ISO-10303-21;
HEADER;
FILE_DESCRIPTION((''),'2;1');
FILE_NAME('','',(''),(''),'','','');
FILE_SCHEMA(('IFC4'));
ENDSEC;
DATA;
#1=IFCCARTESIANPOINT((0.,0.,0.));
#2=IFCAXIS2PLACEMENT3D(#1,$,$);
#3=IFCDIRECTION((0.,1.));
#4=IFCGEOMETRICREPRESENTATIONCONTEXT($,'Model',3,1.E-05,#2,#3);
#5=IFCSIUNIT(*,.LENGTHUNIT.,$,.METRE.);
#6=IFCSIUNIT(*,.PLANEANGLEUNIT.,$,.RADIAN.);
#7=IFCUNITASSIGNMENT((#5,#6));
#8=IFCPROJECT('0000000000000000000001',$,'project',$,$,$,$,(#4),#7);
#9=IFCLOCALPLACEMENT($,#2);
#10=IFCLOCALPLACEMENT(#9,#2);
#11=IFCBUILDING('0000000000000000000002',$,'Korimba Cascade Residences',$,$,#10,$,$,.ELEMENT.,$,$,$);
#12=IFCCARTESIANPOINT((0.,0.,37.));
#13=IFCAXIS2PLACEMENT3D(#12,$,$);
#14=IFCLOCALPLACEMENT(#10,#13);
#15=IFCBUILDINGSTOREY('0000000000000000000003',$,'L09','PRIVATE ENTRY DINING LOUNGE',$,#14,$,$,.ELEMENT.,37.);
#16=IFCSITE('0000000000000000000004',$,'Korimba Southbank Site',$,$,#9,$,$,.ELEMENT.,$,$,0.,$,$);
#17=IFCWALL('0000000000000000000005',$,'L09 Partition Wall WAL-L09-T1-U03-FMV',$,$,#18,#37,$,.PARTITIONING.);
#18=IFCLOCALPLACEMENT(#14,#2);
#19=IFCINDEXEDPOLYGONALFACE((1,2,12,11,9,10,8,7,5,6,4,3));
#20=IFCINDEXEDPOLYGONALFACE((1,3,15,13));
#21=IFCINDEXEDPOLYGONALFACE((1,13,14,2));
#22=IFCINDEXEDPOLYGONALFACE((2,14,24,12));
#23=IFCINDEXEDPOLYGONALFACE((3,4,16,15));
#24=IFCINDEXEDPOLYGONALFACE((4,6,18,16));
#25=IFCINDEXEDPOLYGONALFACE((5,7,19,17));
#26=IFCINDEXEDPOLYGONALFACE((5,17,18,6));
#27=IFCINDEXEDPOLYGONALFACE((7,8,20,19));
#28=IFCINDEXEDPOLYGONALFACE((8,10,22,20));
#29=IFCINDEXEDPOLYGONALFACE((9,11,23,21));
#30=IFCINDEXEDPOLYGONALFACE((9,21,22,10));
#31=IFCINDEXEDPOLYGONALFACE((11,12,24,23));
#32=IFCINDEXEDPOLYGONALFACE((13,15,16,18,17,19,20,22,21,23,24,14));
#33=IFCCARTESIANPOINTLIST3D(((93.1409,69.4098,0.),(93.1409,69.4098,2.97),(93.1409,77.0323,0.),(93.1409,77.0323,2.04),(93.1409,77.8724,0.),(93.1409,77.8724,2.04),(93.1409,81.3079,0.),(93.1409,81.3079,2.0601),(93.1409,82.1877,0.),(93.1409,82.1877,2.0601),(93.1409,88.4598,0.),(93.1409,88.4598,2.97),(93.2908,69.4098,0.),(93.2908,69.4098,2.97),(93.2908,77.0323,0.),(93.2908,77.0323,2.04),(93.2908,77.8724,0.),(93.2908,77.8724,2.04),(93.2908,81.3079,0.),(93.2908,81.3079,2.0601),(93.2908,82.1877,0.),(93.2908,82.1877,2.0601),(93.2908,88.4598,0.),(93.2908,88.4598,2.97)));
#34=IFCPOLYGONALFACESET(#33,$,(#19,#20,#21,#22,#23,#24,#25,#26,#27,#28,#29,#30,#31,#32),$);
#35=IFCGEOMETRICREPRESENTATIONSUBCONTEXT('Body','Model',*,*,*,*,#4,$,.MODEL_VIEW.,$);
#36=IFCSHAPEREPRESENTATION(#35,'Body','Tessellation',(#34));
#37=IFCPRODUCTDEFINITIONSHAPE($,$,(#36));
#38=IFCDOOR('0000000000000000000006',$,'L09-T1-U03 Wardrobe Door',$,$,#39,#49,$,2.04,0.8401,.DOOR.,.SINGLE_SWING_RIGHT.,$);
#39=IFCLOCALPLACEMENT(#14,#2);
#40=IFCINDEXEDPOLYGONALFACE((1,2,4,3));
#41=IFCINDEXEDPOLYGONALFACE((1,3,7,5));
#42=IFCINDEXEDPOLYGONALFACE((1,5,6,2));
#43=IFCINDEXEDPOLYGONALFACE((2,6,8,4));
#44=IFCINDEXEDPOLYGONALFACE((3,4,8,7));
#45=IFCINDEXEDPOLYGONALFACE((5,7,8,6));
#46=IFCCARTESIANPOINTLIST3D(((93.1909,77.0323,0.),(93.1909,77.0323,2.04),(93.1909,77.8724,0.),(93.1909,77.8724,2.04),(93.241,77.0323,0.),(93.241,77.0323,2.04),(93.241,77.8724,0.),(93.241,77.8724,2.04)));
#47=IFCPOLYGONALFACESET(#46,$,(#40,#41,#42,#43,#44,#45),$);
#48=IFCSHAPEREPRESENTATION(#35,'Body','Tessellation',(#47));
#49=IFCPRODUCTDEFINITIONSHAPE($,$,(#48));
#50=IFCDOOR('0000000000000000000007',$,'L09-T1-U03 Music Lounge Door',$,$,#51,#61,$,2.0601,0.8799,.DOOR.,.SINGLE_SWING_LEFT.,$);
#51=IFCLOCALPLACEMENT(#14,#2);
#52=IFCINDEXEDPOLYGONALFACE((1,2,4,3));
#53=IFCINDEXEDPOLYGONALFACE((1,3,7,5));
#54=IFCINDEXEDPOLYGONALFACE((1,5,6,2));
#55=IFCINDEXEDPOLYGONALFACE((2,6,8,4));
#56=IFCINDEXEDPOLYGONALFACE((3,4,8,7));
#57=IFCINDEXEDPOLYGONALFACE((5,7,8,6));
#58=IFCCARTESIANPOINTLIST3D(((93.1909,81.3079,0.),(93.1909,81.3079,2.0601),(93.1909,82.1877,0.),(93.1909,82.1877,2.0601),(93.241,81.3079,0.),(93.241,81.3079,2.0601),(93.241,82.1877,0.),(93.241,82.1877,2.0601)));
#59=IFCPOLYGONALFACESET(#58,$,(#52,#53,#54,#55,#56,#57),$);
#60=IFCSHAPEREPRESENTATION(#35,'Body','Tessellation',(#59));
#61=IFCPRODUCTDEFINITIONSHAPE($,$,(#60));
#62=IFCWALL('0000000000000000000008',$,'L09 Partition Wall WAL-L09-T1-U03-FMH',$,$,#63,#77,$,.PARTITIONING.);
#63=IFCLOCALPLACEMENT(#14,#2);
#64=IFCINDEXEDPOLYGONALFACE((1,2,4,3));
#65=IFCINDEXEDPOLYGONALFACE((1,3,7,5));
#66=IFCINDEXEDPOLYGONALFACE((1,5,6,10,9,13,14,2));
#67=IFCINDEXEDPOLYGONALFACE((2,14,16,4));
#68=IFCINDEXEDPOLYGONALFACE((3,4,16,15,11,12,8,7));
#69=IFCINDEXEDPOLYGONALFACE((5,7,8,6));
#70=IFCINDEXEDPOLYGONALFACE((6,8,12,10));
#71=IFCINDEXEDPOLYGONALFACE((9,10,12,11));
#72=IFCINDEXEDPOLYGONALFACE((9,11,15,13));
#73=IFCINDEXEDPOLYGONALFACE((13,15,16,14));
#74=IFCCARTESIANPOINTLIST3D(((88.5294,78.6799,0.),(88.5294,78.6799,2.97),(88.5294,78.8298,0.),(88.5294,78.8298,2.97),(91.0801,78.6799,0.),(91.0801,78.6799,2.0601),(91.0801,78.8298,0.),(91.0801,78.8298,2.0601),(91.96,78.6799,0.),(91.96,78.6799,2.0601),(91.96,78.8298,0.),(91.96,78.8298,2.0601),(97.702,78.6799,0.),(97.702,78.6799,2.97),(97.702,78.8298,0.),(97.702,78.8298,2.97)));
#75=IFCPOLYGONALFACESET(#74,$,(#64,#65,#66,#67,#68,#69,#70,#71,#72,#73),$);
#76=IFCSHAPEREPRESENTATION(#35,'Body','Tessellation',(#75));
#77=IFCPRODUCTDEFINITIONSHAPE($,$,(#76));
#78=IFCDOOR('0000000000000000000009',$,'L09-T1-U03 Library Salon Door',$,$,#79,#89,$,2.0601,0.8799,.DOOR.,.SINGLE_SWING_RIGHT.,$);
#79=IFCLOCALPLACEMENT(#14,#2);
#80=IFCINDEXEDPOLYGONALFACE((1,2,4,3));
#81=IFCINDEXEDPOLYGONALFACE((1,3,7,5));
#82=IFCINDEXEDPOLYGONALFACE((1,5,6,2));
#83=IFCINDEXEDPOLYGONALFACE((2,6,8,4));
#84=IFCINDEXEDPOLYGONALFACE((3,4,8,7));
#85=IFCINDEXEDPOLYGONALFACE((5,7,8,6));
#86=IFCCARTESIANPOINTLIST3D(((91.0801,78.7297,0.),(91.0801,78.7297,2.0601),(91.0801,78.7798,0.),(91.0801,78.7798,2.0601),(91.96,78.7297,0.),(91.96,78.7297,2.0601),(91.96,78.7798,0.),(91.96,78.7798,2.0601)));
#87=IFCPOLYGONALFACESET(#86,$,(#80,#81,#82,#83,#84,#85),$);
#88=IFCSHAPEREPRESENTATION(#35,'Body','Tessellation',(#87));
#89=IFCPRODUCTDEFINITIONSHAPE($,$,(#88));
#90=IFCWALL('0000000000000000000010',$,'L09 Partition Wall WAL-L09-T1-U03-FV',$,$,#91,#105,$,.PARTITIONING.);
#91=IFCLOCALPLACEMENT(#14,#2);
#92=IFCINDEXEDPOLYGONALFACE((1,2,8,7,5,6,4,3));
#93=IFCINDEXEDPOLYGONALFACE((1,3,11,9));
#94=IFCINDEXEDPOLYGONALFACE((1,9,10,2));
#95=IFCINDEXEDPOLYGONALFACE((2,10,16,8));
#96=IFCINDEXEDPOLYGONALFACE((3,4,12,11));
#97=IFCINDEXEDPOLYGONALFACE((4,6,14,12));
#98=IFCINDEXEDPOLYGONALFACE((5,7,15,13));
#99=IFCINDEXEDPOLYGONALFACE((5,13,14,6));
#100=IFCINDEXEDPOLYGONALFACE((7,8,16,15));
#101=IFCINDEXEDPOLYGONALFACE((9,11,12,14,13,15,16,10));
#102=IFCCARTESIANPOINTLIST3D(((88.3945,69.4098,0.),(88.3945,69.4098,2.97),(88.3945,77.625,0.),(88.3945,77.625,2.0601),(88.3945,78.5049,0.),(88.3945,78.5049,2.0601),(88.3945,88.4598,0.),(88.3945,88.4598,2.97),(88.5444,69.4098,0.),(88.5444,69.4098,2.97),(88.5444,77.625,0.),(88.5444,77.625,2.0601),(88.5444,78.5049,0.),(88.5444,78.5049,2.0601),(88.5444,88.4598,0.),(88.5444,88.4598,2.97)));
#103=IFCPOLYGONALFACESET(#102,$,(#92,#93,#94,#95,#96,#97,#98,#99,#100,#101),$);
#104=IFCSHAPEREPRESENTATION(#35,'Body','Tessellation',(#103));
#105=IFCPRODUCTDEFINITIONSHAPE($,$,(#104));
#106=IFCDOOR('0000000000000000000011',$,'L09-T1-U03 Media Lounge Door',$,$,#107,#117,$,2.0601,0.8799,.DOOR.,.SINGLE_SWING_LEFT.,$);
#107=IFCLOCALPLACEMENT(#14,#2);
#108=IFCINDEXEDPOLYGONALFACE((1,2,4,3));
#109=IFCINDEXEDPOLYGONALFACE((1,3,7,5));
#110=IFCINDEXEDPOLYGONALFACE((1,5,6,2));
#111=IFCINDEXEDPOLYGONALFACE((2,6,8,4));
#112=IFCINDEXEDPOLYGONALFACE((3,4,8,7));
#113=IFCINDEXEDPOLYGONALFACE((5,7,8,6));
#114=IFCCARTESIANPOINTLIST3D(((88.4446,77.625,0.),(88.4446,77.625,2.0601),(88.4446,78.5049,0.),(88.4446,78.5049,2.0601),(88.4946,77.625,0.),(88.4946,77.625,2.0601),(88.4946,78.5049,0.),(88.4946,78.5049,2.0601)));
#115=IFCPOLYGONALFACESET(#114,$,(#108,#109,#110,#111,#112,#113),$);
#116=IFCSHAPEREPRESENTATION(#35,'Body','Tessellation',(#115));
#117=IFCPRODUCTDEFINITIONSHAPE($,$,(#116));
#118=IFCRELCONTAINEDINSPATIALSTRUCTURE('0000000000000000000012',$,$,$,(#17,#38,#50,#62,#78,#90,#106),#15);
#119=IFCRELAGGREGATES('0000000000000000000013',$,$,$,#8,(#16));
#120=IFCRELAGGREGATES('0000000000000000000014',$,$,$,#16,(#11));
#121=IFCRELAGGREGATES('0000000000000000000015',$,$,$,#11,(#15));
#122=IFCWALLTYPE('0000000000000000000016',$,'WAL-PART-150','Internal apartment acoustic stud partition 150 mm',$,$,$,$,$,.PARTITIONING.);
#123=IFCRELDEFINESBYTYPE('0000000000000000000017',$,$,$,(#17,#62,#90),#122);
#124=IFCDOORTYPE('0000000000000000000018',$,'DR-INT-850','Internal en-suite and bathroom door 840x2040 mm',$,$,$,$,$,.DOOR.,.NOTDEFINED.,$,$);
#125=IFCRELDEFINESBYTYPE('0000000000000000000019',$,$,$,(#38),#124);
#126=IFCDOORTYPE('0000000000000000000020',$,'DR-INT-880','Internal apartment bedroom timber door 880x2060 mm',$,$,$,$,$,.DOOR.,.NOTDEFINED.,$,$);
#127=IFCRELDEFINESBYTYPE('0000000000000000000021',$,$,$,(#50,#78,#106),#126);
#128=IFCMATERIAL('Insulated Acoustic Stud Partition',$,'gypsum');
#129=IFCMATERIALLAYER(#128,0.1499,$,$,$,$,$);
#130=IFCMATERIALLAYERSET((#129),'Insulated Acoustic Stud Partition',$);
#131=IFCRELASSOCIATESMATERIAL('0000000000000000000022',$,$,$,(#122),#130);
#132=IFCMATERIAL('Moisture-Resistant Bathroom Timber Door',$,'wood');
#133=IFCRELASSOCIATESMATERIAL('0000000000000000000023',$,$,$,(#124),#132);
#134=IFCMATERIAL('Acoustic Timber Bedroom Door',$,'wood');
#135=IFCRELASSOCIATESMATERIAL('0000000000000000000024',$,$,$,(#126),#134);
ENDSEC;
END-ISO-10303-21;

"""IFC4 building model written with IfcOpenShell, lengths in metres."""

from ifc_helpers import new_model, si_unit, direction, frame, frame_2d, origin, place, context, subcontext, project, spatial, rectangle, extrude, material, layer, layer_set, type_object, element, fill, save


model = new_model("IFC4")

# Units and contexts
model_context = context("Model", 3, precision=1e-05, world=origin(), true_north=direction((0.0, 1.0)))
body_context = subcontext(model_context, "Body", "Model", "MODEL_VIEW")
ifc_project = project(units=[si_unit("LENGTHUNIT", "METRE"), si_unit("PLANEANGLEUNIT", "RADIAN")], contexts=[model_context])

# Site, building, storey
site_placement = place(None, origin())
site = spatial("IfcSite", under=ifc_project, at=site_placement, Name="Korimba Southbank Site", CompositionType="ELEMENT", RefElevation=0.0)
building_placement = place(site_placement, origin())
building = spatial("IfcBuilding", under=site, at=building_placement, Name="Korimba Cascade Residences", CompositionType="ELEMENT")
storey_placement = place(building_placement, frame((0.0, 0.0, 37.0)))
storey = spatial("IfcBuildingStorey", under=building, at=storey_placement, Name="L09", Description="PRIVATE ENTRY DINING LOUNGE", CompositionType="ELEMENT", Elevation=37.0)

# Shared definitions
ifc_material_1 = material(Name="Insulated Acoustic Stud Partition", Category="gypsum")
ifc_layer_1 = layer(ifc_material_1, 0.1499)
ifc_layer_set_1 = layer_set([ifc_layer_1], Name="Insulated Acoustic Stud Partition")
wall_type_1 = type_object("IfcWallType", Name="WAL-PART-150", Description="Internal apartment acoustic stud partition 150 mm", PredefinedType="PARTITIONING", material=ifc_layer_set_1)

# Wall, openings, doors
wall_1_placement = place(storey_placement, frame((93.2158, 69.4099, 0.0), z_axis=(0.0, 0.0, 1.0), x_axis=(0.0, 1.0, 0.0)))
wall_1 = element("IfcWall", 1, at=wall_1_placement, inside=storey, type_object=wall_type_1, Name="L09 Partition Wall WAL-L09-T1-U03-FMV", PredefinedType="PARTITIONING", context=body_context, shape_type="SweptSolid", body=[
    extrude(rectangle(XDim=19.05, YDim=0.1499, at=frame_2d((9.5249, 0.0))), origin(), (0.0, 0.0, 1.0), 2.97),
])
opening_1_placement = place(wall_1_placement, frame((7.6226, 0.0, 0.0)))
opening_1 = element("IfcOpeningElement", 2, at=opening_1_placement, cuts=wall_1, PredefinedType="OPENING", context=body_context, shape_type="SweptSolid", body=[
    extrude(rectangle(XDim=0.8401, YDim=2.04, at=frame_2d((0.4199, 1.02))), frame((0.0, 0.085, 0.0), z_axis=(0.0, -1.0, 0.0), x_axis=(1.0, 0.0, 0.0)), (0.0, 0.0, 1.0), 0.1699),
])
opening_2_placement = place(wall_1_placement, frame((11.8979, 0.0, 0.0)))
opening_2 = element("IfcOpeningElement", 3, at=opening_2_placement, cuts=wall_1, PredefinedType="OPENING", context=body_context, shape_type="SweptSolid", body=[
    extrude(rectangle(XDim=0.8799, YDim=2.0601, at=frame_2d((0.4399, 1.03))), frame((0.0, 0.085, 0.0), z_axis=(0.0, -1.0, 0.0), x_axis=(1.0, 0.0, 0.0)), (0.0, 0.0, 1.0), 0.1699),
])
ifc_material_2 = material(Name="Moisture-Resistant Bathroom Timber Door", Category="wood")
door_type_1 = type_object("IfcDoorType", Name="DR-INT-850", Description="Internal en-suite and bathroom door 840x2040 mm", OperationType="NOTDEFINED", PredefinedType="DOOR", material=ifc_material_2)
door_1_placement = place(opening_1_placement, origin())
door_1 = element("IfcDoor", 4, at=door_1_placement, inside=storey, type_object=door_type_1, Name="L09-T1-U03 Wardrobe Door", OperationType="SINGLE_SWING_RIGHT", OverallHeight=2.04, OverallWidth=0.8401, PredefinedType="DOOR", context=body_context, shape_type="SweptSolid", body=[
    extrude(rectangle(XDim=0.8401, YDim=2.04, at=frame_2d((0.4199, 1.02))), frame((0.0, 0.0249, 0.0), z_axis=(0.0, -1.0, 0.0), x_axis=(1.0, 0.0, 0.0)), (0.0, 0.0, 1.0), 0.05),
])
fill(opening_1, door_1)
ifc_material_3 = material(Name="Acoustic Timber Bedroom Door", Category="wood")
door_type_2 = type_object("IfcDoorType", Name="DR-INT-880", Description="Internal apartment bedroom timber door 880x2060 mm", OperationType="NOTDEFINED", PredefinedType="DOOR", material=ifc_material_3)
door_2_placement = place(opening_2_placement, origin())
door_2 = element("IfcDoor", 5, at=door_2_placement, inside=storey, type_object=door_type_2, Name="L09-T1-U03 Music Lounge Door", OperationType="SINGLE_SWING_LEFT", OverallHeight=2.0601, OverallWidth=0.8799, PredefinedType="DOOR", context=body_context, shape_type="SweptSolid", body=[
    extrude(rectangle(XDim=0.8799, YDim=2.0601, at=frame_2d((0.4399, 1.03))), frame((0.0, 0.0249, 0.0), z_axis=(0.0, -1.0, 0.0), x_axis=(1.0, 0.0, 0.0)), (0.0, 0.0, 1.0), 0.05),
])
fill(opening_2, door_2)

# Walls, openings, doors
wall_2_placement = place(storey_placement, frame((88.5293, 78.7549, 0.0), z_axis=(0.0, 0.0, 1.0), x_axis=(1.0, 0.0, 0.0)))
wall_2 = element("IfcWall", 6, at=wall_2_placement, inside=storey, type_object=wall_type_1, Name="L09 Partition Wall WAL-L09-T1-U03-FMH", PredefinedType="PARTITIONING", context=body_context, shape_type="SweptSolid", body=[
    extrude(rectangle(XDim=9.1726, YDim=0.1499, at=frame_2d((4.5864, 0.0))), origin(), (0.0, 0.0, 1.0), 2.97),
])
opening_3_placement = place(wall_2_placement, frame((2.5508, 0.0, 0.0)))
opening_3 = element("IfcOpeningElement", 7, at=opening_3_placement, cuts=wall_2, PredefinedType="OPENING", context=body_context, shape_type="SweptSolid", body=[
    extrude(rectangle(XDim=0.8799, YDim=2.0601, at=frame_2d((0.4399, 1.03))), frame((0.0, 0.085, 0.0), z_axis=(0.0, -1.0, 0.0), x_axis=(1.0, 0.0, 0.0)), (0.0, 0.0, 1.0), 0.1699),
])
door_3_placement = place(opening_3_placement, origin())
door_3 = element("IfcDoor", 8, at=door_3_placement, inside=storey, type_object=door_type_2, Name="L09-T1-U03 Library Salon Door", OperationType="SINGLE_SWING_RIGHT", OverallHeight=2.0601, OverallWidth=0.8799, PredefinedType="DOOR", context=body_context, shape_type="SweptSolid", body=[
    extrude(rectangle(XDim=0.8799, YDim=2.0601, at=frame_2d((0.4399, 1.03))), frame((0.0, 0.0249, 0.0), z_axis=(0.0, -1.0, 0.0), x_axis=(1.0, 0.0, 0.0)), (0.0, 0.0, 1.0), 0.05),
])
fill(opening_3, door_3)
wall_3_placement = place(storey_placement, frame((88.4695, 69.4099, 0.0), z_axis=(0.0, 0.0, 1.0), x_axis=(0.0, 1.0, 0.0)))
wall_3 = element("IfcWall", 9, at=wall_3_placement, inside=storey, type_object=wall_type_1, Name="L09 Partition Wall WAL-L09-T1-U03-FV", PredefinedType="PARTITIONING", context=body_context, shape_type="SweptSolid", body=[
    extrude(rectangle(XDim=19.05, YDim=0.1499, at=frame_2d((9.5249, 0.0))), origin(), (0.0, 0.0, 1.0), 2.97),
])
opening_4_placement = place(wall_3_placement, frame((8.2151, 0.0, 0.0)))
opening_4 = element("IfcOpeningElement", 10, at=opening_4_placement, cuts=wall_3, PredefinedType="OPENING", context=body_context, shape_type="SweptSolid", body=[
    extrude(rectangle(XDim=0.8799, YDim=2.0601, at=frame_2d((0.4399, 1.03))), frame((0.0, 0.085, 0.0), z_axis=(0.0, -1.0, 0.0), x_axis=(1.0, 0.0, 0.0)), (0.0, 0.0, 1.0), 0.1699),
])
door_4_placement = place(opening_4_placement, origin())
door_4 = element("IfcDoor", 11, at=door_4_placement, inside=storey, type_object=door_type_2, Name="L09-T1-U03 Media Lounge Door", OperationType="SINGLE_SWING_LEFT", OverallHeight=2.0601, OverallWidth=0.8799, PredefinedType="DOOR", context=body_context, shape_type="SweptSolid", body=[
    extrude(rectangle(XDim=0.8799, YDim=2.0601, at=frame_2d((0.4399, 1.03))), frame((0.0, 0.0249, 0.0), z_axis=(0.0, -1.0, 0.0), x_axis=(1.0, 0.0, 0.0)), (0.0, 0.0, 1.0), 0.05),
])
fill(opening_4, door_4)

save(model, "model.ifc")
